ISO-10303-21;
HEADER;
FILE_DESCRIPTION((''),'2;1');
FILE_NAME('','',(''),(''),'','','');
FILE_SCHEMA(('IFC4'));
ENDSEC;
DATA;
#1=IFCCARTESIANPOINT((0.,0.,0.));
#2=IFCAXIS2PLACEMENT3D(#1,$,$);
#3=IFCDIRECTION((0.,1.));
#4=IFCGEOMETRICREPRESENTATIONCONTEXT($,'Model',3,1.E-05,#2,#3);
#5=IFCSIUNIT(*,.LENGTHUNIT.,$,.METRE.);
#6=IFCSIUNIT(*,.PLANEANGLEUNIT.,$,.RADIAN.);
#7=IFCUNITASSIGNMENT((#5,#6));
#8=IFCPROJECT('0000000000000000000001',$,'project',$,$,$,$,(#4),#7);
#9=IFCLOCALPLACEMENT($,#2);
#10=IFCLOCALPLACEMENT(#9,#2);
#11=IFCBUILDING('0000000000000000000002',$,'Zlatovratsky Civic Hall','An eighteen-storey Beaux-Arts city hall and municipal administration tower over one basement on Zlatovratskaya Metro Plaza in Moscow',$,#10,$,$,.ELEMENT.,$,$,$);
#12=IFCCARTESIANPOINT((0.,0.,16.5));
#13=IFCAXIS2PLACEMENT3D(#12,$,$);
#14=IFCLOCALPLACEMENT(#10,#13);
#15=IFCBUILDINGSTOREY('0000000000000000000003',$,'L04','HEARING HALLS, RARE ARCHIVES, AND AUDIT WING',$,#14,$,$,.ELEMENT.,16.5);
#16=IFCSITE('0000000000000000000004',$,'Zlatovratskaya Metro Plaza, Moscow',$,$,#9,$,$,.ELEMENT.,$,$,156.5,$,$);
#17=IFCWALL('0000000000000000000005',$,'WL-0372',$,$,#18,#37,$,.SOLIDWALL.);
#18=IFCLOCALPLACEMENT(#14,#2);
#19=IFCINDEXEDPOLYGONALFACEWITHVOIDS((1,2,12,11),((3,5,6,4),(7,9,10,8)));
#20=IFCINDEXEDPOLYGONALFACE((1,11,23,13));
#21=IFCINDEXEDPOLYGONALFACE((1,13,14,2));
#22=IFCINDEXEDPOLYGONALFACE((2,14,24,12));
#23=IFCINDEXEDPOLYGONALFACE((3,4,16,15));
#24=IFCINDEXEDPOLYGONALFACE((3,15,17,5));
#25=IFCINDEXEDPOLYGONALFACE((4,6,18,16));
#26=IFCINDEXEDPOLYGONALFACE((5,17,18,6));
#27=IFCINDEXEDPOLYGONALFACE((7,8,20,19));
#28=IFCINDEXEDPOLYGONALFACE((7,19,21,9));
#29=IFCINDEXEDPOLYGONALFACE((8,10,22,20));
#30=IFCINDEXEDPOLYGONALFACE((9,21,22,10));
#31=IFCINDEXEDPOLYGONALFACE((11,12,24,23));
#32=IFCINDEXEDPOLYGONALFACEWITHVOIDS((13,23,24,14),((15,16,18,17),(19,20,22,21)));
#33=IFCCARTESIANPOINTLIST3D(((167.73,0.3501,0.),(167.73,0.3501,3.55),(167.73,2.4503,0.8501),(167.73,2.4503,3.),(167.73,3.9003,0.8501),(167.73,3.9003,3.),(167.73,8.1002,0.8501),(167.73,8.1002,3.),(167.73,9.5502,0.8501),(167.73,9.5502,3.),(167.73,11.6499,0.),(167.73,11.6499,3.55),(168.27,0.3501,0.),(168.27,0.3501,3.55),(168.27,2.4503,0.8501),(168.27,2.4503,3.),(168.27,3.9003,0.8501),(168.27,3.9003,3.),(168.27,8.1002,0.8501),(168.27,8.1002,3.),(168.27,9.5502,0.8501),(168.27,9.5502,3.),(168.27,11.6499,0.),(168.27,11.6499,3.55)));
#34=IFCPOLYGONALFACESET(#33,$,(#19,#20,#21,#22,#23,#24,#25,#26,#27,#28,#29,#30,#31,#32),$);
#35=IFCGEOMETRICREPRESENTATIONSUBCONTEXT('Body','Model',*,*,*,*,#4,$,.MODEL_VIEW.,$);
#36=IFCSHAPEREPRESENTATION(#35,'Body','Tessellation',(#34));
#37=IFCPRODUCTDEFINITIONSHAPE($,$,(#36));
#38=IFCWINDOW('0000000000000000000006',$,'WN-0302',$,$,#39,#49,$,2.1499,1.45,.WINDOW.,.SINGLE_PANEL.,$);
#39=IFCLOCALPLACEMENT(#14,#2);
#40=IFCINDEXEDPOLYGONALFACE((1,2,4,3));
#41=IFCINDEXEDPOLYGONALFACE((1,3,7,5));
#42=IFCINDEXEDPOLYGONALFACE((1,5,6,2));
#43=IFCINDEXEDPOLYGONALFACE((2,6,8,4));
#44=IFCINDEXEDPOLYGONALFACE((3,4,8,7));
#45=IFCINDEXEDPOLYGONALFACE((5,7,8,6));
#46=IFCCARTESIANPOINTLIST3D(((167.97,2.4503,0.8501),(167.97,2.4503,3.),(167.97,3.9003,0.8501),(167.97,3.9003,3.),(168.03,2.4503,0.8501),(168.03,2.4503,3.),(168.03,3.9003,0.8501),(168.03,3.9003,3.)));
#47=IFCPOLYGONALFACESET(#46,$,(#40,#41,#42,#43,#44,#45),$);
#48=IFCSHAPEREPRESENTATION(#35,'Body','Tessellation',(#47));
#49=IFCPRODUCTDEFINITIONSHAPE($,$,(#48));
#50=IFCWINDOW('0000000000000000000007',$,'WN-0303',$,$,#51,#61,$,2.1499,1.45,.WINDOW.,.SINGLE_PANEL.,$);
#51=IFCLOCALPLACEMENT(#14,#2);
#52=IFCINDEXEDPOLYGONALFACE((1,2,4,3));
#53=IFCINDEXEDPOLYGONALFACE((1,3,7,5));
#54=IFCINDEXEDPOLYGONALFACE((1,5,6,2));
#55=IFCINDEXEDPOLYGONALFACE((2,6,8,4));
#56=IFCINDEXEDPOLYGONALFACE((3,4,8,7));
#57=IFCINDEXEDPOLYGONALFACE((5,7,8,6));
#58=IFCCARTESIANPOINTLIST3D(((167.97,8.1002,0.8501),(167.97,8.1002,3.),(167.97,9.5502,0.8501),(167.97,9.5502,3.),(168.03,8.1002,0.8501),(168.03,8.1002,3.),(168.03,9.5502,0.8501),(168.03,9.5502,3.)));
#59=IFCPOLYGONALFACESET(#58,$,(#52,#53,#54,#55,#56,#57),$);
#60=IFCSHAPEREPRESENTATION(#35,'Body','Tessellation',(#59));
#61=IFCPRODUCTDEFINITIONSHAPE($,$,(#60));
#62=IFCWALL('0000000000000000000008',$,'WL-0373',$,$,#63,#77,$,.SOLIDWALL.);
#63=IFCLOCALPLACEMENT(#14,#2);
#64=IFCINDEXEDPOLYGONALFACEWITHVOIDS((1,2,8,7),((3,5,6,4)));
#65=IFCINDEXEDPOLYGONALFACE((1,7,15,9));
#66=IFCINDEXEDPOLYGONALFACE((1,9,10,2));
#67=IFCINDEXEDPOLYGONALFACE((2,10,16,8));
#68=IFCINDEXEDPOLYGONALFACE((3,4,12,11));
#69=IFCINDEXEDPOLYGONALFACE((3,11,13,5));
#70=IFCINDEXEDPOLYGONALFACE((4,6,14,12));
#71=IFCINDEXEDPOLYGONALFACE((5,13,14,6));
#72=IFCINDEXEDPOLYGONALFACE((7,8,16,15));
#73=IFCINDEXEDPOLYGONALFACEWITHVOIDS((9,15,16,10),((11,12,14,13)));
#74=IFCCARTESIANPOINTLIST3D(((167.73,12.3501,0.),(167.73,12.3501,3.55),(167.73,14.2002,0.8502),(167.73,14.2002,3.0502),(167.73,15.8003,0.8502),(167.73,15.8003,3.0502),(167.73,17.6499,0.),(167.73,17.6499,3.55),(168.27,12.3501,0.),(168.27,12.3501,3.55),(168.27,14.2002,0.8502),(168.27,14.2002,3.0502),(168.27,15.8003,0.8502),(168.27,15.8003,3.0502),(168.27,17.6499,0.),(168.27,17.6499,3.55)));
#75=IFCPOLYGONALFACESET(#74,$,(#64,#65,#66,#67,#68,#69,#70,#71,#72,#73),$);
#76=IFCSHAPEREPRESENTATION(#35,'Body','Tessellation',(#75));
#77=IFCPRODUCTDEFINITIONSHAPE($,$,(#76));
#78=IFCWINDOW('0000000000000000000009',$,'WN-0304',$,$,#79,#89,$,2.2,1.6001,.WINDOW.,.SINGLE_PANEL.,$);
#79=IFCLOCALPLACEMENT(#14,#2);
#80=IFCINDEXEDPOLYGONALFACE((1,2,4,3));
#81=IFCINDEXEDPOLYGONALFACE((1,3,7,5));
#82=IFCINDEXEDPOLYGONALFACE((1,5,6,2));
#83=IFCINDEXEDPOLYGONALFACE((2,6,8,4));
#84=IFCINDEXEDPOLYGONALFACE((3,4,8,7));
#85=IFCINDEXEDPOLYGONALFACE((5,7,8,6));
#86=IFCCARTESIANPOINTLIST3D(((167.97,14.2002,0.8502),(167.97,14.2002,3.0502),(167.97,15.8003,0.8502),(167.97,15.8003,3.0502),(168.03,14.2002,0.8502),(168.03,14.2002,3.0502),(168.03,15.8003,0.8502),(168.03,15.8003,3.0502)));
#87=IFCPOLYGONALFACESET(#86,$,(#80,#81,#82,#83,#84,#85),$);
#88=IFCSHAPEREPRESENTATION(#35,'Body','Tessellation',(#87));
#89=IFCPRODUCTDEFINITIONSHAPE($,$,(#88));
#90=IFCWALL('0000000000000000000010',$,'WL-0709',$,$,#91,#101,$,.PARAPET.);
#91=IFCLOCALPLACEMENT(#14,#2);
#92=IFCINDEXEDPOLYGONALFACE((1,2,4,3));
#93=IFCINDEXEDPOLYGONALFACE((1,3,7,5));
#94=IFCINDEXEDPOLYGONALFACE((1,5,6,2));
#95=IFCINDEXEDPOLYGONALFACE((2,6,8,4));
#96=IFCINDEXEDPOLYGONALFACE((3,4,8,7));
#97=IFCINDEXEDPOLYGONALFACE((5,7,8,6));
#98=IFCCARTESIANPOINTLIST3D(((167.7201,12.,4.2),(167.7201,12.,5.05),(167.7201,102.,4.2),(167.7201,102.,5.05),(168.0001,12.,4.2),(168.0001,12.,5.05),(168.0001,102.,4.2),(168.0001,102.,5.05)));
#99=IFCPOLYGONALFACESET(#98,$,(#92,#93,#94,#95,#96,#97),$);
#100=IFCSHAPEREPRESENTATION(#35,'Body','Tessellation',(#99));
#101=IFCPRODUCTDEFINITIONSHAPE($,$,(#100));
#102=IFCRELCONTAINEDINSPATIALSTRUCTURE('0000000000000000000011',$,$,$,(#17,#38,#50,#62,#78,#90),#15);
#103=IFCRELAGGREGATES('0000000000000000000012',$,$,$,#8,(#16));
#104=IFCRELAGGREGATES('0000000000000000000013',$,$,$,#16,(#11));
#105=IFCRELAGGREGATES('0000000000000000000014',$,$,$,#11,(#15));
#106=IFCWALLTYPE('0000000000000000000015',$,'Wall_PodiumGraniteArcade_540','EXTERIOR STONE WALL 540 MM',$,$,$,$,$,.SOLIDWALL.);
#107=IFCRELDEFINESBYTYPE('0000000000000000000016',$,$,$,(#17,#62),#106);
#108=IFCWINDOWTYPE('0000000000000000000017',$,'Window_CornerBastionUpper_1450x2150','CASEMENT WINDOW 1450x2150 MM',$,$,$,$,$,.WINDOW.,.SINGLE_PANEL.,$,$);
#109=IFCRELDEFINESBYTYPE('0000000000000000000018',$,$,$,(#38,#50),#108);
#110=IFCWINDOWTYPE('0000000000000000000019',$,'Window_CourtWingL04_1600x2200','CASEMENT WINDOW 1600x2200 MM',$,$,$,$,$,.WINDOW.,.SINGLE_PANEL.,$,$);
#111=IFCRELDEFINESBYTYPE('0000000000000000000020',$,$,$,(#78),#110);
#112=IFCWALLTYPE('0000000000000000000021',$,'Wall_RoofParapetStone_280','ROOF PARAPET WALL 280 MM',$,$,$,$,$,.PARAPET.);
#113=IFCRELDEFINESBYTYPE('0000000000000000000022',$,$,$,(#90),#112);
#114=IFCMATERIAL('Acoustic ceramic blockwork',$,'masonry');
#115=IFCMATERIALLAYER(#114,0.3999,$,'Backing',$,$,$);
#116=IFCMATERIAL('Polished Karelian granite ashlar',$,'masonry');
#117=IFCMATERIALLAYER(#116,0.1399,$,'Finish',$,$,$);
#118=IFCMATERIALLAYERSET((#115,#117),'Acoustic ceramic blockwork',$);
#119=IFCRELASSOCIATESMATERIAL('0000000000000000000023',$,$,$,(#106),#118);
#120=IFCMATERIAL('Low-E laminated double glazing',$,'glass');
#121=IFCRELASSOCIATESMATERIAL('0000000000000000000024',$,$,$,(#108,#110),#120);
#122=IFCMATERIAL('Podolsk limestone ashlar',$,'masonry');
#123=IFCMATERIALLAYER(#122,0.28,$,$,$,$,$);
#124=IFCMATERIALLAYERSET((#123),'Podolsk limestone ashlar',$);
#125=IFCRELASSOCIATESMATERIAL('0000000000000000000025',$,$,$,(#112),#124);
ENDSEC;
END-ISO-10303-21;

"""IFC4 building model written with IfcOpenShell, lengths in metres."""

from ifc_helpers import new_model, si_unit, direction, frame, frame_2d, origin, place, context, subcontext, project, spatial, rectangle, extrude, material, layer, layer_set, type_object, element, fill, save


model = new_model("IFC4")

# Units and contexts
model_context = context("Model", 3, precision=1e-05, world=origin(), true_north=direction((0.0, 1.0)))
body_context = subcontext(model_context, "Body", "Model", "MODEL_VIEW")
ifc_project = project(units=[si_unit("LENGTHUNIT", "METRE"), si_unit("PLANEANGLEUNIT", "RADIAN")], contexts=[model_context])

# Site, building, storey
site_placement = place(None, origin())
site = spatial("IfcSite", under=ifc_project, at=site_placement, Name="Zlatovratskaya Metro Plaza, Moscow", CompositionType="ELEMENT", RefElevation=156.5)
building_placement = place(site_placement, origin())
building = spatial("IfcBuilding", under=site, at=building_placement, Name="Zlatovratsky Civic Hall", Description="An eighteen-storey Beaux-Arts city hall and municipal administration tower over one basement on Zlatovratskaya Metro Plaza in Moscow", CompositionType="ELEMENT")
storey_placement = place(building_placement, frame((0.0, 0.0, 16.5)))
storey = spatial("IfcBuildingStorey", under=building, at=storey_placement, Name="L04", Description="HEARING HALLS, RARE ARCHIVES, AND AUDIT WING", CompositionType="ELEMENT", Elevation=16.5)

# Wall, openings, windows
ifc_material_1 = material(Name="Acoustic ceramic blockwork", Category="masonry")
ifc_layer_1 = layer(ifc_material_1, 0.3999, Name="Backing")
ifc_material_2 = material(Name="Polished Karelian granite ashlar", Category="masonry")
ifc_layer_2 = layer(ifc_material_2, 0.1399, Name="Finish")
ifc_layer_set_1 = layer_set([ifc_layer_1, ifc_layer_2], Name="Acoustic ceramic blockwork")
wall_type_1 = type_object("IfcWallType", Name="Wall_PodiumGraniteArcade_540", Description="EXTERIOR STONE WALL 540 MM", PredefinedType="SOLIDWALL", material=ifc_layer_set_1)
ifc_material_3 = material(Name="Low-E laminated double glazing", Category="glass")
window_type_1 = type_object("IfcWindowType", Name="Window_CornerBastionUpper_1450x2150", Description="CASEMENT WINDOW 1450x2150 MM", PartitioningType="SINGLE_PANEL", PredefinedType="WINDOW", material=ifc_material_3)
wall_1_placement = place(storey_placement, frame((168.0, 0.3501, 0.0), z_axis=(0.0, 0.0, 1.0), x_axis=(0.0, 1.0, 0.0)))
wall_1 = element("IfcWall", 1, at=wall_1_placement, inside=storey, type_object=wall_type_1, Name="WL-0372", PredefinedType="SOLIDWALL", context=body_context, shape_type="SweptSolid", body=[
    extrude(rectangle(XDim=11.2998, YDim=0.54, at=frame_2d((5.6499, 0.0))), origin(), (0.0, 0.0, 1.0), 3.55),
])
opening_1_placement = place(wall_1_placement, frame((2.1001, 0.0, 0.8501)))
opening_1 = element("IfcOpeningElement", 2, at=opening_1_placement, cuts=wall_1, PredefinedType="OPENING", context=body_context, shape_type="SweptSolid", body=[
    extrude(rectangle(XDim=1.45, YDim=2.1499, at=frame_2d((0.7251, 1.075))), frame((0.0, 0.2849, 0.0), z_axis=(0.0, -1.0, 0.0), x_axis=(1.0, 0.0, 0.0)), (0.0, 0.0, 1.0), 0.5698),
])
opening_2_placement = place(wall_1_placement, frame((7.75, 0.0, 0.8501)))
opening_2 = element("IfcOpeningElement", 3, at=opening_2_placement, cuts=wall_1, PredefinedType="OPENING", context=body_context, shape_type="SweptSolid", body=[
    extrude(rectangle(XDim=1.45, YDim=2.1499, at=frame_2d((0.7251, 1.075))), frame((0.0, 0.2849, 0.0), z_axis=(0.0, -1.0, 0.0), x_axis=(1.0, 0.0, 0.0)), (0.0, 0.0, 1.0), 0.5698),
])
window_1_placement = place(opening_1_placement, origin())
window_1 = element("IfcWindow", 4, at=window_1_placement, inside=storey, type_object=window_type_1, Name="WN-0302", OverallHeight=2.1499, OverallWidth=1.45, PartitioningType="SINGLE_PANEL", PredefinedType="WINDOW", context=body_context, shape_type="SweptSolid", body=[
    extrude(rectangle(XDim=1.45, YDim=2.1499, at=frame_2d((0.7251, 1.075))), frame((0.0, 0.03, 0.0), z_axis=(0.0, -1.0, 0.0), x_axis=(1.0, 0.0, 0.0)), (0.0, 0.0, 1.0), 0.0601),
])
fill(opening_1, window_1)
window_2_placement = place(opening_2_placement, origin())
window_2 = element("IfcWindow", 5, at=window_2_placement, inside=storey, type_object=window_type_1, Name="WN-0303", OverallHeight=2.1499, OverallWidth=1.45, PartitioningType="SINGLE_PANEL", PredefinedType="WINDOW", context=body_context, shape_type="SweptSolid", body=[
    extrude(rectangle(XDim=1.45, YDim=2.1499, at=frame_2d((0.7251, 1.075))), frame((0.0, 0.03, 0.0), z_axis=(0.0, -1.0, 0.0), x_axis=(1.0, 0.0, 0.0)), (0.0, 0.0, 1.0), 0.0601),
])
fill(opening_2, window_2)

# Wall, opening, window
wall_2_placement = place(storey_placement, frame((168.0, 12.3501, 0.0), z_axis=(0.0, 0.0, 1.0), x_axis=(0.0, 1.0, 0.0)))
wall_2 = element("IfcWall", 6, at=wall_2_placement, inside=storey, type_object=wall_type_1, Name="WL-0373", PredefinedType="SOLIDWALL", context=body_context, shape_type="SweptSolid", body=[
    extrude(rectangle(XDim=5.2998, YDim=0.54, at=frame_2d((2.6499, 0.0))), origin(), (0.0, 0.0, 1.0), 3.55),
])
opening_3_placement = place(wall_2_placement, frame((1.8501, 0.0, 0.8501)))
opening_3 = element("IfcOpeningElement", 7, at=opening_3_placement, cuts=wall_2, PredefinedType="OPENING", context=body_context, shape_type="SweptSolid", body=[
    extrude(rectangle(XDim=1.6001, YDim=2.2, at=frame_2d((0.8, 1.1001))), frame((0.0, 0.2849, 0.0), z_axis=(0.0, -1.0, 0.0), x_axis=(1.0, 0.0, 0.0)), (0.0, 0.0, 1.0), 0.5698),
])
window_type_2 = type_object("IfcWindowType", Name="Window_CourtWingL04_1600x2200", Description="CASEMENT WINDOW 1600x2200 MM", PartitioningType="SINGLE_PANEL", PredefinedType="WINDOW", material=ifc_material_3)
window_3_placement = place(opening_3_placement, origin())
window_3 = element("IfcWindow", 8, at=window_3_placement, inside=storey, type_object=window_type_2, Name="WN-0304", OverallHeight=2.2, OverallWidth=1.6001, PartitioningType="SINGLE_PANEL", PredefinedType="WINDOW", context=body_context, shape_type="SweptSolid", body=[
    extrude(rectangle(XDim=1.6001, YDim=2.2, at=frame_2d((0.8, 1.1001))), frame((0.0, 0.03, 0.0), z_axis=(0.0, -1.0, 0.0), x_axis=(1.0, 0.0, 0.0)), (0.0, 0.0, 1.0), 0.0601),
])
fill(opening_3, window_3)

# Wall
ifc_material_4 = material(Name="Podolsk limestone ashlar", Category="masonry")
ifc_layer_3 = layer(ifc_material_4, 0.28)
ifc_layer_set_2 = layer_set([ifc_layer_3], Name="Podolsk limestone ashlar")
wall_type_2 = type_object("IfcWallType", Name="Wall_RoofParapetStone_280", Description="ROOF PARAPET WALL 280 MM", PredefinedType="PARAPET", material=ifc_layer_set_2)
wall_3_placement = place(storey_placement, frame((167.8601, 12.0, 4.2), z_axis=(0.0, 0.0, 1.0), x_axis=(0.0, 1.0, 0.0)))
element("IfcWall", 9, at=wall_3_placement, inside=storey, type_object=wall_type_2, Name="WL-0709", PredefinedType="PARAPET", context=body_context, shape_type="SweptSolid", body=[
    extrude(rectangle(XDim=90.0, YDim=0.28, at=frame_2d((45.0, 0.0))), origin(), (0.0, 0.0, 1.0), 0.8501),
])

save(model, "model.ifc")
